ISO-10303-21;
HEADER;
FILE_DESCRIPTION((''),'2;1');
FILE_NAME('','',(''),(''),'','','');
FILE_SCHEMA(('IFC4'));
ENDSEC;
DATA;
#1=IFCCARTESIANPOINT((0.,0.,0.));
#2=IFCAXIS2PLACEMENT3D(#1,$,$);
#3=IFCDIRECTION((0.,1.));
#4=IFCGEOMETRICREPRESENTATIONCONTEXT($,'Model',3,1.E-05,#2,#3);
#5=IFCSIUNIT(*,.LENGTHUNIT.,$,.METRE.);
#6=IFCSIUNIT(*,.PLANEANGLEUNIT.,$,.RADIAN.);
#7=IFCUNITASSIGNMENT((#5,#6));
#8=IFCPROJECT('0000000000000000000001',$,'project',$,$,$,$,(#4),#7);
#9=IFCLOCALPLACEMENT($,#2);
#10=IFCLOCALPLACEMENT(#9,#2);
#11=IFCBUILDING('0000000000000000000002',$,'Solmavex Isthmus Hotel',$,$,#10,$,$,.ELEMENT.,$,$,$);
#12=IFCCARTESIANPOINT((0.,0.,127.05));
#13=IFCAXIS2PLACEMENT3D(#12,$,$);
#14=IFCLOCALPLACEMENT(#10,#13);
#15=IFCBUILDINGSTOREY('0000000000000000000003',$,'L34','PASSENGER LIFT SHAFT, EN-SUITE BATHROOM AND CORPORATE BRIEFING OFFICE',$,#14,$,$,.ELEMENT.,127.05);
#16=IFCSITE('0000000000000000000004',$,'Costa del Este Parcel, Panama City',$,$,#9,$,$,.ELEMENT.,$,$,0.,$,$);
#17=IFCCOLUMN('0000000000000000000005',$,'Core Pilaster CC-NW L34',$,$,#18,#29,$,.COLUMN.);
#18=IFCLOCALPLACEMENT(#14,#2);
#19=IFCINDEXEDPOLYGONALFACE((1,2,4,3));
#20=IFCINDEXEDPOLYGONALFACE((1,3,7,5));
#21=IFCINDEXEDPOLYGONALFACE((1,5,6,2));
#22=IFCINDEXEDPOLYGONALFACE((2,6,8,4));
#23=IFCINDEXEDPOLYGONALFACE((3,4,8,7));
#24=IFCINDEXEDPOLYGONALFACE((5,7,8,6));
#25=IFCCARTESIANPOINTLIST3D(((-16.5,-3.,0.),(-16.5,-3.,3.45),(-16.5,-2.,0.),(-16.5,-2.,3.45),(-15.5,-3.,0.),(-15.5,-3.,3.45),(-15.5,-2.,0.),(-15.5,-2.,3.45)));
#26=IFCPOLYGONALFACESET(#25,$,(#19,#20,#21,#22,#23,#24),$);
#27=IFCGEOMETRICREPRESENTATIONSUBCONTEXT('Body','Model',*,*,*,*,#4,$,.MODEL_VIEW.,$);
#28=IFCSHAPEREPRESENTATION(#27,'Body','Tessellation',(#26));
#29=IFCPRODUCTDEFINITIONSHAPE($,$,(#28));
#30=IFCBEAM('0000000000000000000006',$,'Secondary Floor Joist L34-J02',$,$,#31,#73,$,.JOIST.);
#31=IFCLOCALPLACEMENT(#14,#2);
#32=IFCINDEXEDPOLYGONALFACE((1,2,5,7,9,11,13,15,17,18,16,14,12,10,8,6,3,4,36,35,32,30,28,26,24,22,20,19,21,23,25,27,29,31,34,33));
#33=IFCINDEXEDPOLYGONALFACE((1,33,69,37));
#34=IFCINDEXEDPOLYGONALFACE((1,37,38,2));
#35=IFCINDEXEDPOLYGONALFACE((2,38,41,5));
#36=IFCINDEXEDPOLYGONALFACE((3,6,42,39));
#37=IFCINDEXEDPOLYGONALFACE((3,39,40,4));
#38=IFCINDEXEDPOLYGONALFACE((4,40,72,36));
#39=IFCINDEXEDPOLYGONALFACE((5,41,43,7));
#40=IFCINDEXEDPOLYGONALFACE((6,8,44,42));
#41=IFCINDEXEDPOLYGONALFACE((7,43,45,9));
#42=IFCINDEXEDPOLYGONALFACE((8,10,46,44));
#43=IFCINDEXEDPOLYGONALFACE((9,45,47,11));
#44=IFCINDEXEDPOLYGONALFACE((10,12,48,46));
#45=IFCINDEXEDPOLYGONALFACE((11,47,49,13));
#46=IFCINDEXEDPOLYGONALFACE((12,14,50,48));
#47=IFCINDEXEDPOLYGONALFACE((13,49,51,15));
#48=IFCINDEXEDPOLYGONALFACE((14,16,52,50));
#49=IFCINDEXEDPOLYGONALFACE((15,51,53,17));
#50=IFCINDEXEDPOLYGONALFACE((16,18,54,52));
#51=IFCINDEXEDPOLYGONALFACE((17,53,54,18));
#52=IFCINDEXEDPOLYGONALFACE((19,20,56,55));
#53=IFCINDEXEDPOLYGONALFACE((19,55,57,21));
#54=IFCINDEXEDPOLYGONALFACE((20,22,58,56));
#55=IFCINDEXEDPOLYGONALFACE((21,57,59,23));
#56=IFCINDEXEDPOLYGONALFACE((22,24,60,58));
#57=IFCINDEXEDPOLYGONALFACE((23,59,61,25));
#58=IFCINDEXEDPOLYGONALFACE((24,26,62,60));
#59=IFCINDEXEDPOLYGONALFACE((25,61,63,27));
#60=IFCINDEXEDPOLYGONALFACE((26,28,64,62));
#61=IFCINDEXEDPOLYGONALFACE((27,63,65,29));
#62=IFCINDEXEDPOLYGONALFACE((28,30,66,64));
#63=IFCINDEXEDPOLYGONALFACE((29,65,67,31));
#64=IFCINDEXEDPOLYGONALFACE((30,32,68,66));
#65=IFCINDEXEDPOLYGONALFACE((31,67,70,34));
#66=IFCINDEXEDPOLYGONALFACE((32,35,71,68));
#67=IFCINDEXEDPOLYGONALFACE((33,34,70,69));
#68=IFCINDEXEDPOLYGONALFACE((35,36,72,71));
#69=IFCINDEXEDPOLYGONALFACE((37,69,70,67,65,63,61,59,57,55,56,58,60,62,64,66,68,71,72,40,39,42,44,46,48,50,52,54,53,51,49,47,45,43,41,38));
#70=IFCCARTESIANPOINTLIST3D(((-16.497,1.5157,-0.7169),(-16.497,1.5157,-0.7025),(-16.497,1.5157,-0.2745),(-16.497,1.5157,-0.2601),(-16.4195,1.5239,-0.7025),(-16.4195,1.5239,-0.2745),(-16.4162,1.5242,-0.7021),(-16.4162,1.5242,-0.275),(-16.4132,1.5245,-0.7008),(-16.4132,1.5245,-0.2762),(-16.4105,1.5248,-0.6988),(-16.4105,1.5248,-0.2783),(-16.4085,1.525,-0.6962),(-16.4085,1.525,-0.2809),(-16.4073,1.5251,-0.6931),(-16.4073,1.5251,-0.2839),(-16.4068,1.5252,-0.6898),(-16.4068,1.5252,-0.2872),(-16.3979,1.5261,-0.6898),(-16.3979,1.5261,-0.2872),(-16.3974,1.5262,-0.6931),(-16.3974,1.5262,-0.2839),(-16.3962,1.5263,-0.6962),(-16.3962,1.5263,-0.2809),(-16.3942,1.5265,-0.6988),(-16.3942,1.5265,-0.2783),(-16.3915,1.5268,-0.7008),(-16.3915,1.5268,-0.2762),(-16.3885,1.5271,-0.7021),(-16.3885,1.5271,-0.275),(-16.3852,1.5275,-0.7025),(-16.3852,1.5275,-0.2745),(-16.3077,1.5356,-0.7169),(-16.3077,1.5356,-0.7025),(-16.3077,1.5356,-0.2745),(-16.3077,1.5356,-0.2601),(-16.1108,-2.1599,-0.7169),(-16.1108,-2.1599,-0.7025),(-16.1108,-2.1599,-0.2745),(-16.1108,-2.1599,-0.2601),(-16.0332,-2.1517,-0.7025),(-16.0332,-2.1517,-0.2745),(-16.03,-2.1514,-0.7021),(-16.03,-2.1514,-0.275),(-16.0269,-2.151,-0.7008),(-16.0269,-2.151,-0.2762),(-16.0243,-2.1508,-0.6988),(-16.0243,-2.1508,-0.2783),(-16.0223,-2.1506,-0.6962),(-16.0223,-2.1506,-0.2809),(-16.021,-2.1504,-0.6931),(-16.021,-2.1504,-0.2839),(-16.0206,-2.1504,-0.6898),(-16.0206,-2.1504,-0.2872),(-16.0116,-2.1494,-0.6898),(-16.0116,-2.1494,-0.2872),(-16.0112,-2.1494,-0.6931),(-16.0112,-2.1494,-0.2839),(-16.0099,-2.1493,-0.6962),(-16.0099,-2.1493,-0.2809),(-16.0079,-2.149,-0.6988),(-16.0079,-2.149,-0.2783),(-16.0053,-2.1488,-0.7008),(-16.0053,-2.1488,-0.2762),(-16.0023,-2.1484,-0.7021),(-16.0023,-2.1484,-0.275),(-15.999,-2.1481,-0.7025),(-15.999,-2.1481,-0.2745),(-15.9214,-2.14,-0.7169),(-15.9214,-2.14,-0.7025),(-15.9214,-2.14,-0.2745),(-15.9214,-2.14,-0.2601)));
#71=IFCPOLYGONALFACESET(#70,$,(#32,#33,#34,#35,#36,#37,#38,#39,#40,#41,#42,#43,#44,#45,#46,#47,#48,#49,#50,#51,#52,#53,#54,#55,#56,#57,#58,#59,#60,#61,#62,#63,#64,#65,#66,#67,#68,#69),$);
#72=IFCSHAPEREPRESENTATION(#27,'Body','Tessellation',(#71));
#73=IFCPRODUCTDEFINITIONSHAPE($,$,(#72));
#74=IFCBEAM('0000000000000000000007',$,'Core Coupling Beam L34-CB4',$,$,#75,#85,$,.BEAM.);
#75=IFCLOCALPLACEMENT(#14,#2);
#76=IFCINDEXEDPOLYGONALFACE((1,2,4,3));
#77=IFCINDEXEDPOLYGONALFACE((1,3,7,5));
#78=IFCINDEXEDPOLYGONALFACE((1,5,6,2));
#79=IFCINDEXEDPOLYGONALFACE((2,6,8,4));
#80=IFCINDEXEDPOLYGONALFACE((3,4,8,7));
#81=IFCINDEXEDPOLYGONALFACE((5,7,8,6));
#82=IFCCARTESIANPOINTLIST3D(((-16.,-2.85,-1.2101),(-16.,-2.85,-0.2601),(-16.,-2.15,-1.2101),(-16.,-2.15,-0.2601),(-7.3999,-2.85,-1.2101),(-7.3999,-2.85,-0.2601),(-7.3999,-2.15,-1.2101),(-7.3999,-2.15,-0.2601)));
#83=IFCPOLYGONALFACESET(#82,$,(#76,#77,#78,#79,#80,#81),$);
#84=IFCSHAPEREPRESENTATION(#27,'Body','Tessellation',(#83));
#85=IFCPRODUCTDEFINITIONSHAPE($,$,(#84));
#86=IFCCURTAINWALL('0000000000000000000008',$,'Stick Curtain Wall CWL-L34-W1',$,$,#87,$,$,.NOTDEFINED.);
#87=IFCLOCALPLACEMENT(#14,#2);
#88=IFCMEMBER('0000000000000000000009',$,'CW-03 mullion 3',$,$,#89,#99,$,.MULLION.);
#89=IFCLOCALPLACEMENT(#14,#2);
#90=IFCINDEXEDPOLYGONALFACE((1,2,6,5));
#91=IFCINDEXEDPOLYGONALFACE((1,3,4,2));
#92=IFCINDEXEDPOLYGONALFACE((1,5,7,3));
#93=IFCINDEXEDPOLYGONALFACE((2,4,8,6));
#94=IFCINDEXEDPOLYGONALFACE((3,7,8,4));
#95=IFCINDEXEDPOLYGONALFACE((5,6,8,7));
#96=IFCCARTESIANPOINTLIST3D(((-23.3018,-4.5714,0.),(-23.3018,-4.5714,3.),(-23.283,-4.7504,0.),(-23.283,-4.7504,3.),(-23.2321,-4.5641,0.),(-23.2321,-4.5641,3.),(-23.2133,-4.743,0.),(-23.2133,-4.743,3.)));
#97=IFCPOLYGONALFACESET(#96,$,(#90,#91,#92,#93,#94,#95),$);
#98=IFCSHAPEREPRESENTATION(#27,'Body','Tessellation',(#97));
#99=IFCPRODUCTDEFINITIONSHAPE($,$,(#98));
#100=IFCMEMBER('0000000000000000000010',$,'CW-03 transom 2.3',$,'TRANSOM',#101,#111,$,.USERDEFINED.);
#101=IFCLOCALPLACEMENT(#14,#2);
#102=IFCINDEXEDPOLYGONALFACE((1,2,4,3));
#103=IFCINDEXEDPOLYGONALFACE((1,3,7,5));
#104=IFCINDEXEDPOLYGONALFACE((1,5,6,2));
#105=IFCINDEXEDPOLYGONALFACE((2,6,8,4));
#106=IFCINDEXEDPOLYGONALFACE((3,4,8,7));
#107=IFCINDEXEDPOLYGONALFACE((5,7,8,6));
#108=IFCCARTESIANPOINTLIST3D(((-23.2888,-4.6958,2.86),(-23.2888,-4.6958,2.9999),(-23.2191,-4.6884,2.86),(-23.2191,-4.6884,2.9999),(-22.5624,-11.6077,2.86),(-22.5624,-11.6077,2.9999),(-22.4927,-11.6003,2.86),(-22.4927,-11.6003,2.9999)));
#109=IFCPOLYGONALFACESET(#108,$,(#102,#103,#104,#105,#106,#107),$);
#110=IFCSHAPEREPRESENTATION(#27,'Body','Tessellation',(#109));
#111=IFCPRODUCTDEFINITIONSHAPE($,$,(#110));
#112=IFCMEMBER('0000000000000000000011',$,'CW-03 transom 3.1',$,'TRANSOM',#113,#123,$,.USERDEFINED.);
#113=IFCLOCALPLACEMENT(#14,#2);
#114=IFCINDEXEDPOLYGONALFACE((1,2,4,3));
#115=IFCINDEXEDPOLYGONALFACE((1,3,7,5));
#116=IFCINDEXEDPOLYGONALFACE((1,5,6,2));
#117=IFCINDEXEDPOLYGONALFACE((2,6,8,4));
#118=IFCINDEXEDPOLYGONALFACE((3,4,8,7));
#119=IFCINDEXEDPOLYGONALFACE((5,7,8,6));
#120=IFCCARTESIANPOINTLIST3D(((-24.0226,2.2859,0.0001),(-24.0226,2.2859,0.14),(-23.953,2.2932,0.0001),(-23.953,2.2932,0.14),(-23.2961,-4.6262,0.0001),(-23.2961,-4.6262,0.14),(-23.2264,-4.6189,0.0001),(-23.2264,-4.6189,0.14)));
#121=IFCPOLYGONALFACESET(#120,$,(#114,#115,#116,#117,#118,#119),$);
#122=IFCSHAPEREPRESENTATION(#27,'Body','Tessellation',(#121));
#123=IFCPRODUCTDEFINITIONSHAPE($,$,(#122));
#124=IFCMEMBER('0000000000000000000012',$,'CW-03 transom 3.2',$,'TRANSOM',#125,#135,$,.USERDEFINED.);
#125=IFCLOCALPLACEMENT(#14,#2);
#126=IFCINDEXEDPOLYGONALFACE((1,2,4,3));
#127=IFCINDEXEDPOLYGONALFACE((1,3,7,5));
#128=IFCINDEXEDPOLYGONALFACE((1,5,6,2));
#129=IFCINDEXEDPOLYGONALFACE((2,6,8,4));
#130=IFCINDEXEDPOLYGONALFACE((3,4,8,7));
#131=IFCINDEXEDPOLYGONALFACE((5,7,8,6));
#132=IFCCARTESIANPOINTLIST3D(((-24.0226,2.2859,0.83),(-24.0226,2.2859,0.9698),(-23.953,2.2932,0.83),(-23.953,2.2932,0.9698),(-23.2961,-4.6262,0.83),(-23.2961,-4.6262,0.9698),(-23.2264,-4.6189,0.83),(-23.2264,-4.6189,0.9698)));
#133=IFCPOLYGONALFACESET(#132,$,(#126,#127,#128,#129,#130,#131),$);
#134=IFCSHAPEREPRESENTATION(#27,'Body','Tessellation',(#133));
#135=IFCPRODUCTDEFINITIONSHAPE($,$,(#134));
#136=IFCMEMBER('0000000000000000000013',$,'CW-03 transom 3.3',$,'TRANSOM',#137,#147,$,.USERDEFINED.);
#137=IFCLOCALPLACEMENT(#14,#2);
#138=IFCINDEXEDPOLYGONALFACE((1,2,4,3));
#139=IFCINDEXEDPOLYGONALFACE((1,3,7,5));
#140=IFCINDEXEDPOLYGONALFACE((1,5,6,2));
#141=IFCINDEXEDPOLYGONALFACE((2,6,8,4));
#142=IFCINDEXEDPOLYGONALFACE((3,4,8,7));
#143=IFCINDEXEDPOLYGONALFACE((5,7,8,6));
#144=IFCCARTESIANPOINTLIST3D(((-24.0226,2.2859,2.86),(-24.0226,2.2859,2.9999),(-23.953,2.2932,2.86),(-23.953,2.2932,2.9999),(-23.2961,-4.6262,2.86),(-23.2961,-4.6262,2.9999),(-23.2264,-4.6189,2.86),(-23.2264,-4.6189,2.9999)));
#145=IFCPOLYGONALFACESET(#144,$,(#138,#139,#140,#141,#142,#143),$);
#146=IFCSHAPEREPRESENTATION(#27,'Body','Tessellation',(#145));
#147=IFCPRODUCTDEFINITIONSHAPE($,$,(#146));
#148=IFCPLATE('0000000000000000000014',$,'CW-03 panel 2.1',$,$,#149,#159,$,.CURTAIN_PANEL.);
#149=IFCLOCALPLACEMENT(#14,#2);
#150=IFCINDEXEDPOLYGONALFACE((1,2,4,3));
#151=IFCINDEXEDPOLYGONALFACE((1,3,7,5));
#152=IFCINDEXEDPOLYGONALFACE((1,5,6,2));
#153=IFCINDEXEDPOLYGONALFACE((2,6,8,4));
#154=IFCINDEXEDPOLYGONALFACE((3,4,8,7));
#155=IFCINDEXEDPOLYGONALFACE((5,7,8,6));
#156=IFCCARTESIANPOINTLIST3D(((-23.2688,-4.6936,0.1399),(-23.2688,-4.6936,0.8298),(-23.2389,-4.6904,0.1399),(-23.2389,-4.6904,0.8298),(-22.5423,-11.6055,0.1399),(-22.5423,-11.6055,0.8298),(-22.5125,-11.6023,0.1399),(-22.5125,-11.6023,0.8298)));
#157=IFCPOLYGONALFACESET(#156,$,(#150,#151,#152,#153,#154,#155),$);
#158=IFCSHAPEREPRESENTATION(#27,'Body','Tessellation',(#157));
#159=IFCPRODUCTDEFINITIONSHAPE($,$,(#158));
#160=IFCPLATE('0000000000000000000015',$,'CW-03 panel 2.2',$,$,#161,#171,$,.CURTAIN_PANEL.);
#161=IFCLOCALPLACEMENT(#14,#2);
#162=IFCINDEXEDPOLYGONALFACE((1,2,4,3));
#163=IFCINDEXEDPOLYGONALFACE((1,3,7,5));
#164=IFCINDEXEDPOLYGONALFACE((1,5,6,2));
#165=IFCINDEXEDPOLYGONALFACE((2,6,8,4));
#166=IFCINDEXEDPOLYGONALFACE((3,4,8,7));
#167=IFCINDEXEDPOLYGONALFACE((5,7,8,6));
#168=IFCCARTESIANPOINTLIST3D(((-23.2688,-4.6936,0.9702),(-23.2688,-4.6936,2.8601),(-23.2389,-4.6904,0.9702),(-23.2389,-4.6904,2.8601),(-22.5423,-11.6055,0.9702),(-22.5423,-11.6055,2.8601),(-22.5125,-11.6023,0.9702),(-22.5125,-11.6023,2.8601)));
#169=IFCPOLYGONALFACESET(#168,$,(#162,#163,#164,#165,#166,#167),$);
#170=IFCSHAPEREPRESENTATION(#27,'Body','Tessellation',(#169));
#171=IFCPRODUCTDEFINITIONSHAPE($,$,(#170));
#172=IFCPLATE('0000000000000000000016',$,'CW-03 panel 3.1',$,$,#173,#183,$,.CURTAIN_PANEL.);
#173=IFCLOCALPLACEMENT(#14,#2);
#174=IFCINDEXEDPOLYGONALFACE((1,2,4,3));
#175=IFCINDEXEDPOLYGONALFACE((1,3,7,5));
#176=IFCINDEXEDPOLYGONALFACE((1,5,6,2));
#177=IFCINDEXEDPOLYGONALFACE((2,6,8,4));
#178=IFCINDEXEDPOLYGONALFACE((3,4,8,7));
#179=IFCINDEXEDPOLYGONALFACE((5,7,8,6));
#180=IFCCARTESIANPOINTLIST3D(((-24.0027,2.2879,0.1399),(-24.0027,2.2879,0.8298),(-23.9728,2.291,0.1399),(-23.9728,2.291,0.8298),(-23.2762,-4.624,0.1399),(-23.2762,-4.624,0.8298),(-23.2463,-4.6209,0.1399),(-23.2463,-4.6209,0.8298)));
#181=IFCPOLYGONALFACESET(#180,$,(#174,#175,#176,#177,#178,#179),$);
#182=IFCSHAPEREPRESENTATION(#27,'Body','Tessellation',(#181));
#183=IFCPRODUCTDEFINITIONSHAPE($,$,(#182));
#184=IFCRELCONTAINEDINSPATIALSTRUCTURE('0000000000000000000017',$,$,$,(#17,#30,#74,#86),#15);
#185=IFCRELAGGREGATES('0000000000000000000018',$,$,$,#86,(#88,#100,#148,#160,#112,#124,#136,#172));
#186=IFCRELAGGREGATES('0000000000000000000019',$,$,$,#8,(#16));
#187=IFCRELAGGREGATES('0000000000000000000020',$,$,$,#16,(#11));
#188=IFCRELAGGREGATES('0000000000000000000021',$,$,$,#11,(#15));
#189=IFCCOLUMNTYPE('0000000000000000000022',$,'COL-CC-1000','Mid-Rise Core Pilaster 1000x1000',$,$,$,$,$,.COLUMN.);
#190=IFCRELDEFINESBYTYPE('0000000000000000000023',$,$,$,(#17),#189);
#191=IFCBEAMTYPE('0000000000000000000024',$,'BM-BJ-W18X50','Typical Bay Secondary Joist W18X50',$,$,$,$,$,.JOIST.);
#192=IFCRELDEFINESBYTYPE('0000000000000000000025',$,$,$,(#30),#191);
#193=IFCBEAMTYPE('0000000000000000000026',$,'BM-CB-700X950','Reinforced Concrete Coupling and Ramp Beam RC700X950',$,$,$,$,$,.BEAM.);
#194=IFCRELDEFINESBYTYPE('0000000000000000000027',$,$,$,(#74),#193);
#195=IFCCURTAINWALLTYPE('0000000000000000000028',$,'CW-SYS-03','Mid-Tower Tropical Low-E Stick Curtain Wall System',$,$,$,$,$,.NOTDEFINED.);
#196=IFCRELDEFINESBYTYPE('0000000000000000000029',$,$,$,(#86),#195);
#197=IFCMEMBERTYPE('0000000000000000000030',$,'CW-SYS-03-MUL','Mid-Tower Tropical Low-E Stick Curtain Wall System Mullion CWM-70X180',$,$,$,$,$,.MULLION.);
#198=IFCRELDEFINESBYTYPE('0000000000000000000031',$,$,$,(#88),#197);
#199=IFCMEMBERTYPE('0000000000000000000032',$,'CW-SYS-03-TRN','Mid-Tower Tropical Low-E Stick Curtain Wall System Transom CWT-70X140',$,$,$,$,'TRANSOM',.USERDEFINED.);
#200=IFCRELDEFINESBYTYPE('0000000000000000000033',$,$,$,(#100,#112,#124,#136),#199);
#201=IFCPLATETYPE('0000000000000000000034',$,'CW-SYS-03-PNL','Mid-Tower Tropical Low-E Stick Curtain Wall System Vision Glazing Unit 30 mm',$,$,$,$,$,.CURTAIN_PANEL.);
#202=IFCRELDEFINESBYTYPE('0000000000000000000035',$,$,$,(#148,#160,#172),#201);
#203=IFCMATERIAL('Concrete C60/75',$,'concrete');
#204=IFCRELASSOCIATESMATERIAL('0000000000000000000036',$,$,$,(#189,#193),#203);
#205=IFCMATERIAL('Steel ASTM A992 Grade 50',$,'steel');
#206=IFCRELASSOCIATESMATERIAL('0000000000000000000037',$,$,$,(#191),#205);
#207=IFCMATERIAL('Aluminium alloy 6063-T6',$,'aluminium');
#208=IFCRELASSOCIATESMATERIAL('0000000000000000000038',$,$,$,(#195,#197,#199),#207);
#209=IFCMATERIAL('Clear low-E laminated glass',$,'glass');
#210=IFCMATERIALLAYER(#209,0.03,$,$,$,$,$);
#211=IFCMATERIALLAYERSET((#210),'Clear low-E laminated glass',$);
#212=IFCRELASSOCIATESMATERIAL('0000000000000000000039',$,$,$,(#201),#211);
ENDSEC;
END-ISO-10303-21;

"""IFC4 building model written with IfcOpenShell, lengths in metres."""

from ifc_helpers import new_model, si_unit, direction, frame, origin, origin_2d, place, context, subcontext, project, spatial, rectangle, i_section, extrude, material, layer, layer_set, material_profile, profile_set, type_object, element, aggregate, save


model = new_model("IFC4")

# Units and contexts
model_context = context("Model", 3, precision=1e-05, world=origin(), true_north=direction((0.0, 1.0)))
body_context = subcontext(model_context, "Body", "Model", "MODEL_VIEW")
ifc_project = project(units=[si_unit("LENGTHUNIT", "METRE"), si_unit("PLANEANGLEUNIT", "RADIAN")], contexts=[model_context])

# Site, building, storey
site_placement = place(None, origin())
site = spatial("IfcSite", under=ifc_project, at=site_placement, Name="Costa del Este Parcel, Panama City", CompositionType="ELEMENT", RefElevation=0.0)
building_placement = place(site_placement, origin())
building = spatial("IfcBuilding", under=site, at=building_placement, Name="Solmavex Isthmus Hotel", CompositionType="ELEMENT")
storey_placement = place(building_placement, frame((0.0, 0.0, 127.05)))
storey = spatial("IfcBuildingStorey", under=building, at=storey_placement, Name="L34", Description="PASSENGER LIFT SHAFT, EN-SUITE BATHROOM AND CORPORATE BRIEFING OFFICE", CompositionType="ELEMENT", Elevation=127.05)

# Column
ifc_material_1 = material(Name="Concrete C60/75", Category="concrete")
ifc_material_profile_1 = material_profile(ifc_material_1, rectangle(XDim=1.0, YDim=1.0, at=origin_2d()), Name="RC1000X1000")
ifc_profile_set_1 = profile_set([ifc_material_profile_1], Name="Concrete C60/75")
column_type = type_object("IfcColumnType", Name="COL-CC-1000", Description="Mid-Rise Core Pilaster 1000x1000", PredefinedType="COLUMN", material=ifc_profile_set_1)
column_placement = place(storey_placement, frame((-16.0, -2.5, 0.0), z_axis=(0.0, 0.0, 1.0), x_axis=(1.0, 0.0, 0.0)))
element("IfcColumn", 1, at=column_placement, inside=storey, type_object=column_type, Name="Core Pilaster CC-NW L34", PredefinedType="COLUMN", context=body_context, shape_type="SweptSolid", body=[
    extrude(rectangle(XDim=1.0, YDim=1.0, at=origin_2d()), origin(), (0.0, 0.0, 1.0), 3.45),
])

# Beams
ifc_material_2 = material(Name="Steel ASTM A992 Grade 50", Category="steel")
ifc_material_profile_2 = material_profile(ifc_material_2, i_section(OverallWidth=0.1904, OverallDepth=0.4568, WebThickness=0.009, FlangeThickness=0.0144, FilletRadius=0.0127, at=origin_2d()), Name="W18X50")
ifc_profile_set_2 = profile_set([ifc_material_profile_2], Name="Steel ASTM A992 Grade 50")
beam_type_1 = type_object("IfcBeamType", Name="BM-BJ-W18X50", Description="Typical Bay Secondary Joist W18X50", PredefinedType="JOIST", material=ifc_profile_set_2)
beam_1_placement = place(storey_placement, frame((-16.0161, -2.1499, -0.4885), z_axis=(-0.104506, 0.994524, 0.0), x_axis=(-0.994524, -0.104506, 0.0)))
element("IfcBeam", 2, at=beam_1_placement, inside=storey, type_object=beam_type_1, Name="Secondary Floor Joist L34-J02", PredefinedType="JOIST", context=body_context, shape_type="SweptSolid", body=[
    extrude(i_section(OverallWidth=0.1904, OverallDepth=0.4568, WebThickness=0.009, FlangeThickness=0.0144, FilletRadius=0.0127, at=origin_2d()), origin(), (0.0, 0.0, 1.0), 3.6958),
])
ifc_material_profile_3 = material_profile(ifc_material_1, rectangle(XDim=0.7, YDim=0.95, at=origin_2d()), Name="RC700X950")
ifc_profile_set_3 = profile_set([ifc_material_profile_3], Name="Concrete C60/75")
beam_type_2 = type_object("IfcBeamType", Name="BM-CB-700X950", Description="Reinforced Concrete Coupling and Ramp Beam RC700X950", PredefinedType="BEAM", material=ifc_profile_set_3)
beam_2_placement = place(storey_placement, frame((-16.0, -2.5, -0.7351), z_axis=(1.0, 0.0, 0.0), x_axis=(0.0, 1.0, 0.0)))
element("IfcBeam", 3, at=beam_2_placement, inside=storey, type_object=beam_type_2, Name="Core Coupling Beam L34-CB4", PredefinedType="BEAM", context=body_context, shape_type="SweptSolid", body=[
    extrude(rectangle(XDim=0.7, YDim=0.95, at=origin_2d()), origin(), (0.0, 0.0, 1.0), 8.6001),
])

# Curtain wall, members, plates
ifc_material_3 = material(Name="Aluminium alloy 6063-T6", Category="aluminium")
curtain_wall_type = type_object("IfcCurtainWallType", Name="CW-SYS-03", Description="Mid-Tower Tropical Low-E Stick Curtain Wall System", PredefinedType="NOTDEFINED", material=ifc_material_3)
curtain_wall_placement = place(storey_placement, origin())
curtain_wall = element("IfcCurtainWall", 4, at=curtain_wall_placement, inside=storey, type_object=curtain_wall_type, Name="Stick Curtain Wall CWL-L34-W1", PredefinedType="NOTDEFINED")
ifc_material_profile_4 = material_profile(ifc_material_3, rectangle(XDim=0.0701, YDim=0.1799, at=origin_2d()), Name="CWM-70X180")
ifc_profile_set_4 = profile_set([ifc_material_profile_4], Name="Aluminium alloy 6063-T6")
member_type_1 = type_object("IfcMemberType", Name="CW-SYS-03-MUL", Description="Mid-Tower Tropical Low-E Stick Curtain Wall System Mullion CWM-70X180", PredefinedType="MULLION", material=ifc_profile_set_4)
member_1_placement = place(storey_placement, frame((-23.2576, -4.6572, 0.0), z_axis=(0.0, 0.0, 1.0), x_axis=(-0.994522, -0.104528, 0.0)))
member_1 = element("IfcMember", 5, at=member_1_placement, type_object=member_type_1, Name="CW-03 mullion 3", PredefinedType="MULLION", context=body_context, shape_type="SweptSolid", body=[
    extrude(rectangle(XDim=0.0701, YDim=0.1799, at=origin_2d()), origin(), (0.0, 0.0, 1.0), 3.0),
])
ifc_material_profile_5 = material_profile(ifc_material_3, rectangle(XDim=0.0701, YDim=0.1399, at=origin_2d()), Name="CWT-70X140")
ifc_profile_set_5 = profile_set([ifc_material_profile_5], Name="Aluminium alloy 6063-T6")
member_type_2 = type_object("IfcMemberType", Name="CW-SYS-03-TRN", Description="Mid-Tower Tropical Low-E Stick Curtain Wall System Transom CWT-70X140", ElementType="TRANSOM", PredefinedType="USERDEFINED", material=ifc_profile_set_5)
member_2_placement = place(storey_placement, frame((-22.5276, -11.604, 2.9299), z_axis=(-0.104507, 0.994524, 0.0), x_axis=(-0.994524, -0.104507, 0.0)))
member_2 = element("IfcMember", 6, at=member_2_placement, type_object=member_type_2, Name="CW-03 transom 2.3", ObjectType="TRANSOM", PredefinedType="USERDEFINED", context=body_context, shape_type="SweptSolid", body=[
    extrude(rectangle(XDim=0.0701, YDim=0.1399, at=origin_2d()), origin(), (0.0, 0.0, 1.0), 6.95),
])
member_3_placement = place(storey_placement, frame((-23.2612, -4.6226, 0.0701), z_axis=(-0.104539, 0.994521, 0.0), x_axis=(-0.994521, -0.104539, 0.0)))
member_3 = element("IfcMember", 7, at=member_3_placement, type_object=member_type_2, Name="CW-03 transom 3.1", ObjectType="TRANSOM", PredefinedType="USERDEFINED", context=body_context, shape_type="SweptSolid", body=[
    extrude(rectangle(XDim=0.0701, YDim=0.1399, at=origin_2d()), origin(), (0.0, 0.0, 1.0), 6.9502),
])
member_4_placement = place(storey_placement, frame((-23.2612, -4.6226, 0.8999), z_axis=(-0.104539, 0.994521, 0.0), x_axis=(-0.994521, -0.104539, 0.0)))
member_4 = element("IfcMember", 8, at=member_4_placement, type_object=member_type_2, Name="CW-03 transom 3.2", ObjectType="TRANSOM", PredefinedType="USERDEFINED", context=body_context, shape_type="SweptSolid", body=[
    extrude(rectangle(XDim=0.0701, YDim=0.1399, at=origin_2d()), origin(), (0.0, 0.0, 1.0), 6.9502),
])
member_5_placement = place(storey_placement, frame((-23.2612, -4.6226, 2.9299), z_axis=(-0.104539, 0.994521, 0.0), x_axis=(-0.994521, -0.104539, 0.0)))
member_5 = element("IfcMember", 9, at=member_5_placement, type_object=member_type_2, Name="CW-03 transom 3.3", ObjectType="TRANSOM", PredefinedType="USERDEFINED", context=body_context, shape_type="SweptSolid", body=[
    extrude(rectangle(XDim=0.0701, YDim=0.1399, at=origin_2d()), origin(), (0.0, 0.0, 1.0), 6.9502),
])
ifc_material_4 = material(Name="Clear low-E laminated glass", Category="glass")
ifc_layer_1 = layer(ifc_material_4, 0.03)
ifc_layer_set_1 = layer_set([ifc_layer_1], Name="Clear low-E laminated glass")
plate_type = type_object("IfcPlateType", Name="CW-SYS-03-PNL", Description="Mid-Tower Tropical Low-E Stick Curtain Wall System Vision Glazing Unit 30 mm", PredefinedType="CURTAIN_PANEL", material=ifc_layer_set_1)
plate_1_placement = place(storey_placement, frame((-22.8906, -8.1479, 0.1399), z_axis=(0.0, 0.0, 1.0), x_axis=(-0.104528, 0.994522, 0.0)))
plate_1 = element("IfcPlate", 10, at=plate_1_placement, type_object=plate_type, Name="CW-03 panel 2.1", PredefinedType="CURTAIN_PANEL", context=body_context, shape_type="SweptSolid", body=[
    extrude(rectangle(XDim=6.95, YDim=0.03, at=origin_2d()), origin(), (0.0, 0.0, 1.0), 0.6899),
])
plate_2_placement = place(storey_placement, frame((-22.8906, -8.1479, 0.9702), z_axis=(0.0, 0.0, 1.0), x_axis=(-0.104528, 0.994522, 0.0)))
plate_2 = element("IfcPlate", 11, at=plate_2_placement, type_object=plate_type, Name="CW-03 panel 2.2", PredefinedType="CURTAIN_PANEL", context=body_context, shape_type="SweptSolid", body=[
    extrude(rectangle(XDim=6.95, YDim=0.03, at=origin_2d()), origin(), (0.0, 0.0, 1.0), 1.8899),
])
plate_3_placement = place(storey_placement, frame((-23.6245, -1.1665, 0.1399), z_axis=(0.0, 0.0, 1.0), x_axis=(-0.104528, 0.994522, 0.0)))
plate_3 = element("IfcPlate", 12, at=plate_3_placement, type_object=plate_type, Name="CW-03 panel 3.1", PredefinedType="CURTAIN_PANEL", context=body_context, shape_type="SweptSolid", body=[
    extrude(rectangle(XDim=6.95, YDim=0.03, at=origin_2d()), origin(), (0.0, 0.0, 1.0), 0.6899),
])
aggregate(curtain_wall, [member_1, member_2, plate_1, plate_2, member_3, member_4, member_5, plate_3])

save(model, "model.ifc")
